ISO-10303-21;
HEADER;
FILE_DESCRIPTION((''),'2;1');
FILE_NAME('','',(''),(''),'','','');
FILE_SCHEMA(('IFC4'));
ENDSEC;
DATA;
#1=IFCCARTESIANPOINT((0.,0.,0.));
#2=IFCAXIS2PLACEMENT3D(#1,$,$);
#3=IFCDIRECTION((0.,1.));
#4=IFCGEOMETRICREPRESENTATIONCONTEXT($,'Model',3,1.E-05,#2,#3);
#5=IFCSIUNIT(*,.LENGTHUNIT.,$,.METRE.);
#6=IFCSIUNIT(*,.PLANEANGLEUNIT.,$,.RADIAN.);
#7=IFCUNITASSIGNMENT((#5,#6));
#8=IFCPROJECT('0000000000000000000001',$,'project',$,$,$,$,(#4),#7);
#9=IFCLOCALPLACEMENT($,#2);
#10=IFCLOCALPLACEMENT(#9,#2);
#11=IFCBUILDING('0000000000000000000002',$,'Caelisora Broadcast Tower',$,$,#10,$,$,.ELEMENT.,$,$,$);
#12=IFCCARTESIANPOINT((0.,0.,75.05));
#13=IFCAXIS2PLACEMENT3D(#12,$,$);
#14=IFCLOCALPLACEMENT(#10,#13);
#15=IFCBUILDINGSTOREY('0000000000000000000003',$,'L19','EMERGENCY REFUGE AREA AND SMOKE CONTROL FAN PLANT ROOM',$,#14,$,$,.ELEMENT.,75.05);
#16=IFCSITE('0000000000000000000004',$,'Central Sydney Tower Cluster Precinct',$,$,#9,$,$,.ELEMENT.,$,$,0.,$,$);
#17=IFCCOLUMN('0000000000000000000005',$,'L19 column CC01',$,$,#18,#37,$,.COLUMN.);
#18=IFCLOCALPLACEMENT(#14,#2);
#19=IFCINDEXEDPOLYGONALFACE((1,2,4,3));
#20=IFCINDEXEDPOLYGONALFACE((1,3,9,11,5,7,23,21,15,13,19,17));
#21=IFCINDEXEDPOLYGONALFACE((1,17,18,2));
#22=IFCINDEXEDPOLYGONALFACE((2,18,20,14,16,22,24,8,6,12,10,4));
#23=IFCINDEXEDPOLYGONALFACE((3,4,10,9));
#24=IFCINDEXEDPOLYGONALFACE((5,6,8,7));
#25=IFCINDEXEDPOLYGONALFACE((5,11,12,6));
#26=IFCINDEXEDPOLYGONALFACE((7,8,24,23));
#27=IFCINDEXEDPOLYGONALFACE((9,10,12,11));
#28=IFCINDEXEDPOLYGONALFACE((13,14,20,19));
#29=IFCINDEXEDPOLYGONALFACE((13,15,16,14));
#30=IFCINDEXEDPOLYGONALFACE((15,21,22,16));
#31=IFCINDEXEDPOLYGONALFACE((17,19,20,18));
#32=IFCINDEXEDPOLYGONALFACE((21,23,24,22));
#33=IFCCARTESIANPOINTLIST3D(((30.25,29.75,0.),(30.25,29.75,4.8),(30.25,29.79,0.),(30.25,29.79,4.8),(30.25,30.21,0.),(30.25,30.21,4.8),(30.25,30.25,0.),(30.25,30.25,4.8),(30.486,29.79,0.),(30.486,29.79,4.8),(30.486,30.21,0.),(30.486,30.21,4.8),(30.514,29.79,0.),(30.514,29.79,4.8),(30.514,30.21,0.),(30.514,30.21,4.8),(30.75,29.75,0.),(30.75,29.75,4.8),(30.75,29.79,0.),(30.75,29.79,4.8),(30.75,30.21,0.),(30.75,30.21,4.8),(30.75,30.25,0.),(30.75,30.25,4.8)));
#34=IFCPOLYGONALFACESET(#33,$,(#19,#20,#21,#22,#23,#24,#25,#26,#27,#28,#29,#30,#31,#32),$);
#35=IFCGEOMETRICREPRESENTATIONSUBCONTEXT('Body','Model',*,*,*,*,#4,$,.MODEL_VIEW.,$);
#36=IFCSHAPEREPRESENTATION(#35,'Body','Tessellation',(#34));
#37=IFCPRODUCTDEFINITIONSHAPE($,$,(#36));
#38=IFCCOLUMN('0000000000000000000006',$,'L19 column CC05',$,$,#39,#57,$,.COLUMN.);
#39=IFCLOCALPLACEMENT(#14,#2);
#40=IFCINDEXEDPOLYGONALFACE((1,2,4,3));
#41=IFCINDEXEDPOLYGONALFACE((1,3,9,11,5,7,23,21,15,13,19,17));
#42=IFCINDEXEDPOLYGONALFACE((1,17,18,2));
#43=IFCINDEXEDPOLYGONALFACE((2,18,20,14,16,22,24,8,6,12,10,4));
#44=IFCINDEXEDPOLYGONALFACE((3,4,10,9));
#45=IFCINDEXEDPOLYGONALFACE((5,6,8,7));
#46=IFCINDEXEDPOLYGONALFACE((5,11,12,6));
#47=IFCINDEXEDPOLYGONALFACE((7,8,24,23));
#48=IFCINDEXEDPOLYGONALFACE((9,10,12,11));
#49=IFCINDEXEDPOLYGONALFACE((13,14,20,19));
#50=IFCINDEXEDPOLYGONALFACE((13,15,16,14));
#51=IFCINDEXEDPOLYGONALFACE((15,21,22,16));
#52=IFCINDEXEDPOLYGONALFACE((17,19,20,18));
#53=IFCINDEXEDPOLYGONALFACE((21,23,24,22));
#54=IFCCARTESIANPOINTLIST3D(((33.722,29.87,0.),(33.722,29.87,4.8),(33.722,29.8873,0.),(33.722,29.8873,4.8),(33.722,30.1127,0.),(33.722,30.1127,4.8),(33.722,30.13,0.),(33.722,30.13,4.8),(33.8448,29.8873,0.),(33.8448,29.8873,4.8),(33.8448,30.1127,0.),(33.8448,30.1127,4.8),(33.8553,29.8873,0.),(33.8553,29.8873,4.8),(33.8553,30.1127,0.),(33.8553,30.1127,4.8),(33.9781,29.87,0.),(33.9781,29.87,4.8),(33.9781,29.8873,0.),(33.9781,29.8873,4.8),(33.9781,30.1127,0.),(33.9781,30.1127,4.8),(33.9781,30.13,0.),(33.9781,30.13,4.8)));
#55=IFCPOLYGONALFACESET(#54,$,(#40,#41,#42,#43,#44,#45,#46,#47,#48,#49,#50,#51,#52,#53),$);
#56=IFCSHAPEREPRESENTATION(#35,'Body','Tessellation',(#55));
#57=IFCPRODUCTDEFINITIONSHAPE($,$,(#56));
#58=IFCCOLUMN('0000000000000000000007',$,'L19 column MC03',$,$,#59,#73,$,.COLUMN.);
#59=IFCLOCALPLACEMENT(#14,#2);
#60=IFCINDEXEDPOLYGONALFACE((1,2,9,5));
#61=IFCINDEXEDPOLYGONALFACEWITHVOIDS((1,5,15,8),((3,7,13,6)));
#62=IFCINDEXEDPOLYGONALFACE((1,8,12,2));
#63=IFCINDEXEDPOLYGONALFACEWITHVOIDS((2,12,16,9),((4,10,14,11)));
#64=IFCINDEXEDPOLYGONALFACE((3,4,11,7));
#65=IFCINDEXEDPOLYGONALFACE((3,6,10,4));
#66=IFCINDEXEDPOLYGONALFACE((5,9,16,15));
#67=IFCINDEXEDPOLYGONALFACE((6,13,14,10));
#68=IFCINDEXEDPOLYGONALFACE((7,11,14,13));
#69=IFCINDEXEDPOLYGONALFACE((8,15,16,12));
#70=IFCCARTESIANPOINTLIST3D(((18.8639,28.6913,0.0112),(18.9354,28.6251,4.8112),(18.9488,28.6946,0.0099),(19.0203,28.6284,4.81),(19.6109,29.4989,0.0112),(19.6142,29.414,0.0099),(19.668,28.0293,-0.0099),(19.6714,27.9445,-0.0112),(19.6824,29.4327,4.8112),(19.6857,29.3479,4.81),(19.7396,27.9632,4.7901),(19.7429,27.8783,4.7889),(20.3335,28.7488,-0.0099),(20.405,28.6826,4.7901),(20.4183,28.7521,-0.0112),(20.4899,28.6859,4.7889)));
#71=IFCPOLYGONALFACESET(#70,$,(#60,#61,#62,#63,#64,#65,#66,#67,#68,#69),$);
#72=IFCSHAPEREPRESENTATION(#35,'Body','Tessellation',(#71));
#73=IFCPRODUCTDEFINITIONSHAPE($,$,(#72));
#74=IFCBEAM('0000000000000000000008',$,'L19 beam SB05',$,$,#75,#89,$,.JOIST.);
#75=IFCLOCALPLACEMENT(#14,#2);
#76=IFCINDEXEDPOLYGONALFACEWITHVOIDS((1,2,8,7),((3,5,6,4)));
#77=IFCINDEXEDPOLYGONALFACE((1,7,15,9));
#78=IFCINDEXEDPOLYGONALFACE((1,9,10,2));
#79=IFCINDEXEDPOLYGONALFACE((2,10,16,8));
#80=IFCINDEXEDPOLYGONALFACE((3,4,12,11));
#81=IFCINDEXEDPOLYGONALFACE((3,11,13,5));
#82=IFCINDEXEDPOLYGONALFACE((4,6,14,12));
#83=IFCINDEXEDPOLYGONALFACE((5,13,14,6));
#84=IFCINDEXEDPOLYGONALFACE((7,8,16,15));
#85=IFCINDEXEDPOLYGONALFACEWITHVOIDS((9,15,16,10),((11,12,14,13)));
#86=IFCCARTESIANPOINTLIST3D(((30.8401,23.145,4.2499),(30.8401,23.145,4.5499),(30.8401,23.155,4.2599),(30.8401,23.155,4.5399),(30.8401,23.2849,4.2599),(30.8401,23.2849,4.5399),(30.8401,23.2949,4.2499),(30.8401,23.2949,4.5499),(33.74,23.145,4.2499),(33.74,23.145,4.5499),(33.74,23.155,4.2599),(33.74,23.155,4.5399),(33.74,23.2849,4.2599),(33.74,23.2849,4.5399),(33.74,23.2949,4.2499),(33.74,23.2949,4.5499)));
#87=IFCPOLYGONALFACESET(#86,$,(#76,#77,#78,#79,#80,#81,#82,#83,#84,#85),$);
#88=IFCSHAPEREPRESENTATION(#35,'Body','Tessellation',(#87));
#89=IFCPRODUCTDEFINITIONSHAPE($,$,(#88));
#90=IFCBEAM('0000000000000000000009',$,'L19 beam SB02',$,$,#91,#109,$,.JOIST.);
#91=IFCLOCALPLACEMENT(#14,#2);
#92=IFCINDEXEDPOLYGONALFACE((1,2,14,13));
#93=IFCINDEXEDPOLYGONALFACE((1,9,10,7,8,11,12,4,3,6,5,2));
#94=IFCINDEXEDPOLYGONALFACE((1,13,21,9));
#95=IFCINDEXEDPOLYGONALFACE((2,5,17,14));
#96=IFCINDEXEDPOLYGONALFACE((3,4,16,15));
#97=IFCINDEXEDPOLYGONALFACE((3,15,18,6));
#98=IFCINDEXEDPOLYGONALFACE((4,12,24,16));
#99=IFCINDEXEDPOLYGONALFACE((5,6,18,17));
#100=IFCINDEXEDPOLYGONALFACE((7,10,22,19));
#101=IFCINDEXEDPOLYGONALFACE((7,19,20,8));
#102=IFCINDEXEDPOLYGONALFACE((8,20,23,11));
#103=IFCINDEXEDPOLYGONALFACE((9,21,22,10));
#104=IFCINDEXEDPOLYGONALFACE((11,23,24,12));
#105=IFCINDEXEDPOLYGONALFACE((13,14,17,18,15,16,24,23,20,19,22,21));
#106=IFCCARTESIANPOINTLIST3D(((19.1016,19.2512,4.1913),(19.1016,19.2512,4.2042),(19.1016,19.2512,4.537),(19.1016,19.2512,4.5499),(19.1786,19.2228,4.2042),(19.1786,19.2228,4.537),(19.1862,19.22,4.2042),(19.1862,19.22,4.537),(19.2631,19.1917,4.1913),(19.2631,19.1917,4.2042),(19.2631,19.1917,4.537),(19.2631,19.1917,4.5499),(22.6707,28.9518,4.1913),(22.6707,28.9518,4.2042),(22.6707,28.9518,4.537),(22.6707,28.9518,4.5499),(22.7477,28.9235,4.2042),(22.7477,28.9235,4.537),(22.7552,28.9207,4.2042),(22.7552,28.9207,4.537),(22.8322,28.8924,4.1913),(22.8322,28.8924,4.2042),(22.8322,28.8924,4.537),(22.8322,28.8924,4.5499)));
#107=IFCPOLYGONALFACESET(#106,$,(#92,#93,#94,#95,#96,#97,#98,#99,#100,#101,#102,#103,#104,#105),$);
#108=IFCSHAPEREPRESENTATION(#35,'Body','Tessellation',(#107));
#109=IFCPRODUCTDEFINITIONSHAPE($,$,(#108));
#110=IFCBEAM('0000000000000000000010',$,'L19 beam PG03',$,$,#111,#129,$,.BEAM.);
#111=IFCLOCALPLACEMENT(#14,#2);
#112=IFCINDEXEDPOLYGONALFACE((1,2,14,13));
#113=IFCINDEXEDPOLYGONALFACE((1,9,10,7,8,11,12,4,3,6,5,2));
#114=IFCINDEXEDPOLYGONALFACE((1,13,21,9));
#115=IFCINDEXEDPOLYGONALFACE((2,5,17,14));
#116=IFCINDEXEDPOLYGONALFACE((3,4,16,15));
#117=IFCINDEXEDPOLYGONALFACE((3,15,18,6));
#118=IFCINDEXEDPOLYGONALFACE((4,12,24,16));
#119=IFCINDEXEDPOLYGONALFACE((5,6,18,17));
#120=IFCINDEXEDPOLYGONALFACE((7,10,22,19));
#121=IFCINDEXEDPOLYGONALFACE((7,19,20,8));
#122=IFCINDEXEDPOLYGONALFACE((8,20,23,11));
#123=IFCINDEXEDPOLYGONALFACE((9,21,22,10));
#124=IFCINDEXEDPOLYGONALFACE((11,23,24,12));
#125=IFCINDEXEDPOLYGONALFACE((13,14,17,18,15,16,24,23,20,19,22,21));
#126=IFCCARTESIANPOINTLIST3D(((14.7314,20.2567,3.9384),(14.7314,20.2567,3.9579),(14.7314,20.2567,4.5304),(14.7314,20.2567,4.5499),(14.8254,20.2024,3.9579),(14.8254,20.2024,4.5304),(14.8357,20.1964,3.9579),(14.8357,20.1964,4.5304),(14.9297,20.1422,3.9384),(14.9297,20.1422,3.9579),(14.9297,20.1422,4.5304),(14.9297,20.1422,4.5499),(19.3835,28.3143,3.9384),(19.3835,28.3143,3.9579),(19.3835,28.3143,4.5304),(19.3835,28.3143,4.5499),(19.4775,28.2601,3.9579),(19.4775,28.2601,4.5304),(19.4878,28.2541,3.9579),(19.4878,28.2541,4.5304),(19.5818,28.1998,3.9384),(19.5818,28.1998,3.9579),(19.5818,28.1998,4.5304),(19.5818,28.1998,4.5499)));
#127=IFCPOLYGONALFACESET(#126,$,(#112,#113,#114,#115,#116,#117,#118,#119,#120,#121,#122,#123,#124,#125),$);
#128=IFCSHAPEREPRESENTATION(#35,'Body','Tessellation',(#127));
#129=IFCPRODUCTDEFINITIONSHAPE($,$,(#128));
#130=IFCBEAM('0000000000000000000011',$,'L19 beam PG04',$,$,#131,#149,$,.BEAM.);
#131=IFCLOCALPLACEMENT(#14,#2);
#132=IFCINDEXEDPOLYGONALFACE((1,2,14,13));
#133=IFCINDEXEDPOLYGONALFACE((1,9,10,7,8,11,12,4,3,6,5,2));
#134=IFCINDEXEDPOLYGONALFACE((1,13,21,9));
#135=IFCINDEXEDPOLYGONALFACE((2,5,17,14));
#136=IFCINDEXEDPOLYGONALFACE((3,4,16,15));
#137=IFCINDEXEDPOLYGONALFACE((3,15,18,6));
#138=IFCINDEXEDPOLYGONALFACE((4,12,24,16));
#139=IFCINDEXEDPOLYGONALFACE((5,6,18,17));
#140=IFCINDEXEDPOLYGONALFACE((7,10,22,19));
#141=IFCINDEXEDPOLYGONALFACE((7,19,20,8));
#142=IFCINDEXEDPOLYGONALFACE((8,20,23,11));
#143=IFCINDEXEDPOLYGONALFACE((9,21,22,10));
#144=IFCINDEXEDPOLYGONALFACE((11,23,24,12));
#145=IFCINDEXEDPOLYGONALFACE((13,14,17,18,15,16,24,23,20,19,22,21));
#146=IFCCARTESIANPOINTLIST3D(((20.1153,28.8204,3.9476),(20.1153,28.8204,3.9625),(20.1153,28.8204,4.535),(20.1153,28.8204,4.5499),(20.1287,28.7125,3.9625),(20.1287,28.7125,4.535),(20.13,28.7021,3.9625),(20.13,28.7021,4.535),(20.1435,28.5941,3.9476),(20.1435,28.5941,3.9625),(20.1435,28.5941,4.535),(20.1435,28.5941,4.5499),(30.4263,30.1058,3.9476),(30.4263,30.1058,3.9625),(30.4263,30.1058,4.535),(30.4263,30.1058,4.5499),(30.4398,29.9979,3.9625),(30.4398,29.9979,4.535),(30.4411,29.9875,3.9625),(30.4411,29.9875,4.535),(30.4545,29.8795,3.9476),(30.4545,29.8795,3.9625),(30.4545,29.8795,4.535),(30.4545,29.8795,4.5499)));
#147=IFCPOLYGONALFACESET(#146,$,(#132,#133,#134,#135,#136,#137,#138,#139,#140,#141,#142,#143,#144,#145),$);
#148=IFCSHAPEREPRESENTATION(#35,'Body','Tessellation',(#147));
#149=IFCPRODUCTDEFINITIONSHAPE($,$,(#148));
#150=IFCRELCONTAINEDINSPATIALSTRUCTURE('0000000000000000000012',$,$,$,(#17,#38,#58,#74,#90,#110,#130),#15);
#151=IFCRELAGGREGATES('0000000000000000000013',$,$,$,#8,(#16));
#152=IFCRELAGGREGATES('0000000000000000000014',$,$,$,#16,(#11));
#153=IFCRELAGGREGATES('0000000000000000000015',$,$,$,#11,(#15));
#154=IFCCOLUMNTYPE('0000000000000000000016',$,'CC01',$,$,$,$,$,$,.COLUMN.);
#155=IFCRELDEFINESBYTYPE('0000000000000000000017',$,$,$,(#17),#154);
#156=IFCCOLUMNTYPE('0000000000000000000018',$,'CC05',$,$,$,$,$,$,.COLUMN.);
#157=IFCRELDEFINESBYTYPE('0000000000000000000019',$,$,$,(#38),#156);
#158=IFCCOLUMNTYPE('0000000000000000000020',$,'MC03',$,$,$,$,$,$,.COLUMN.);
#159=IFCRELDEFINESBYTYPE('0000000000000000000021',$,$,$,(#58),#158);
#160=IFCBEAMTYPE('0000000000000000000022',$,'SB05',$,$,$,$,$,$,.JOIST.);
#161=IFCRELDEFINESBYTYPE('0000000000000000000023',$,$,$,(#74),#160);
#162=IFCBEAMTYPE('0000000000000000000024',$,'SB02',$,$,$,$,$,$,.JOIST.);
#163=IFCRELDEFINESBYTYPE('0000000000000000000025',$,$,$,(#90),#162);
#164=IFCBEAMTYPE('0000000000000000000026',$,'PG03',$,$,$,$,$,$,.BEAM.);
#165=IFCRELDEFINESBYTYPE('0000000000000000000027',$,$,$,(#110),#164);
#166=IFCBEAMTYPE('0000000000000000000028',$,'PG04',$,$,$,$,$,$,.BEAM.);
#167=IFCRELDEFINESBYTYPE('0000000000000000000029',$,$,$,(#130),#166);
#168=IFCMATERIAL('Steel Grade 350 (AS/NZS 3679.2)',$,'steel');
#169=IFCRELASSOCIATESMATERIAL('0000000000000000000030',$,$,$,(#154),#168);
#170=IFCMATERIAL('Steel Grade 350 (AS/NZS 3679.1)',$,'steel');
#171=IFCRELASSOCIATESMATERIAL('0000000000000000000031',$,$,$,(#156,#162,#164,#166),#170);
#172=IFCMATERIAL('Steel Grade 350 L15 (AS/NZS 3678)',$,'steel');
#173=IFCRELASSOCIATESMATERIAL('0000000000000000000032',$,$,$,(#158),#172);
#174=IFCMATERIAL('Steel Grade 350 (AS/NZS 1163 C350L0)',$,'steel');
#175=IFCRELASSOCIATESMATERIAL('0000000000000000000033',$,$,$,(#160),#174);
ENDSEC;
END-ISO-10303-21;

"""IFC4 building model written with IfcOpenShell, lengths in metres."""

from ifc_helpers import new_model, si_unit, direction, frame, origin, origin_2d, place, context, subcontext, project, spatial, hollow_rectangle, i_section, extrude, source, transform, mapped, material, material_profile, profile_set, type_object, type_shapes, element, save


model = new_model("IFC4")

# Units and contexts
model_context = context("Model", 3, precision=1e-05, world=origin(), true_north=direction((0.0, 1.0)))
body_context = subcontext(model_context, "Body", "Model", "MODEL_VIEW")
ifc_project = project(units=[si_unit("LENGTHUNIT", "METRE"), si_unit("PLANEANGLEUNIT", "RADIAN")], contexts=[model_context])

# Site, building, storey
site_placement = place(None, origin())
site = spatial("IfcSite", under=ifc_project, at=site_placement, Name="Central Sydney Tower Cluster Precinct", CompositionType="ELEMENT", RefElevation=0.0)
building_placement = place(site_placement, origin())
building = spatial("IfcBuilding", under=site, at=building_placement, Name="Caelisora Broadcast Tower", CompositionType="ELEMENT")
storey_placement = place(building_placement, frame((0.0, 0.0, 75.05)))
storey = spatial("IfcBuildingStorey", under=building, at=storey_placement, Name="L19", Description="EMERGENCY REFUGE AREA AND SMOKE CONTROL FAN PLANT ROOM", CompositionType="ELEMENT", Elevation=75.05)

# Columns
ifc_material_1 = material(Name="Steel Grade 350 (AS/NZS 3679.2)", Category="steel")
ifc_material_profile_1 = material_profile(ifc_material_1, i_section(OverallWidth=0.5, OverallDepth=0.5, WebThickness=0.0281, FlangeThickness=0.04, at=origin_2d()), Name="Steel Grade 350 (AS/NZS 3679.2)")
ifc_profile_set_1 = profile_set([ifc_material_profile_1], Name="Steel Grade 350 (AS/NZS 3679.2)")
column_type_1 = type_object("IfcColumnType", Name="CC01", PredefinedType="COLUMN", material=ifc_profile_set_1)
shared_shape_1 = source(origin(), body_context, "Body", "SweptSolid", [
    extrude(i_section(OverallWidth=0.5, OverallDepth=0.5, WebThickness=0.0281, FlangeThickness=0.04, at=origin_2d()), origin(), (0.0, 0.0, 1.0), 4.8),
])
type_shapes(column_type_1, [shared_shape_1])
column_1_placement = place(storey_placement, frame((30.5, 30.0, 0.0), z_axis=(0.0, 0.0, 1.0), x_axis=(1.0, 0.0, 0.0)))
element("IfcColumn", 1, at=column_1_placement, inside=storey, type_object=column_type_1, Name="L19 column CC01", PredefinedType="COLUMN", context=body_context, shape_type="MappedRepresentation", body=[
    mapped(shared_shape_1, transform((0.0, 0.0, 0.0), scale=1.0)),
])
ifc_material_2 = material(Name="Steel Grade 350 (AS/NZS 3679.1)", Category="steel")
ifc_material_profile_2 = material_profile(ifc_material_2, i_section(OverallWidth=0.2561, OverallDepth=0.26, WebThickness=0.0105, FlangeThickness=0.0173, at=origin_2d()), Name="Steel Grade 350 (AS/NZS 3679.1)")
ifc_profile_set_2 = profile_set([ifc_material_profile_2], Name="Steel Grade 350 (AS/NZS 3679.1)")
column_type_2 = type_object("IfcColumnType", Name="CC05", PredefinedType="COLUMN", material=ifc_profile_set_2)
shared_shape_2 = source(origin(), body_context, "Body", "SweptSolid", [
    extrude(i_section(OverallWidth=0.2561, OverallDepth=0.26, WebThickness=0.0105, FlangeThickness=0.0173, at=origin_2d()), origin(), (0.0, 0.0, 1.0), 4.8),
])
type_shapes(column_type_2, [shared_shape_2])
column_2_placement = place(storey_placement, frame((33.8501, 30.0, 0.0), z_axis=(0.0, 0.0, 1.0), x_axis=(1.0, 0.0, 0.0)))
element("IfcColumn", 2, at=column_2_placement, inside=storey, type_object=column_type_2, Name="L19 column CC05", PredefinedType="COLUMN", context=body_context, shape_type="MappedRepresentation", body=[
    mapped(shared_shape_2, transform((0.0, 0.0, 0.0), scale=1.0)),
])
ifc_material_3 = material(Name="Steel Grade 350 L15 (AS/NZS 3678)", Category="steel")
ifc_material_profile_3 = material_profile(ifc_material_3, hollow_rectangle(XDim=1.1001, YDim=1.1001, WallThickness=0.0601, at=origin_2d()), Name="Steel Grade 350 L15 (AS/NZS 3678)")
ifc_profile_set_3 = profile_set([ifc_material_profile_3], Name="Steel Grade 350 L15 (AS/NZS 3678)")
column_type_3 = type_object("IfcColumnType", Name="MC03", PredefinedType="COLUMN", material=ifc_profile_set_3)
shared_shape_3 = source(origin(), body_context, "Body", "SweptSolid", [
    extrude(hollow_rectangle(XDim=1.1001, YDim=1.1001, WallThickness=0.0601, at=origin_2d()), origin(), (0.0, 0.0, 1.0), 4.801),
])
type_shapes(column_type_3, [shared_shape_3])
column_3_placement = place(storey_placement, frame((19.6411, 28.7217, 0.0), z_axis=(0.0149, -0.013781, 0.999794), x_axis=(0.679008, 0.734131, 0.0)))
element("IfcColumn", 3, at=column_3_placement, inside=storey, type_object=column_type_3, Name="L19 column MC03", PredefinedType="COLUMN", context=body_context, shape_type="MappedRepresentation", body=[
    mapped(shared_shape_3, transform((0.0, 0.0, 0.0), scale=1.0)),
])

# Beams
ifc_material_4 = material(Name="Steel Grade 350 (AS/NZS 1163 C350L0)", Category="steel")
ifc_material_profile_4 = material_profile(ifc_material_4, hollow_rectangle(XDim=0.1499, YDim=0.3, WallThickness=0.01, at=origin_2d()), Name="Steel Grade 350 (AS/NZS 1163 C350L0)")
ifc_profile_set_4 = profile_set([ifc_material_profile_4], Name="Steel Grade 350 (AS/NZS 1163 C350L0)")
beam_type_1 = type_object("IfcBeamType", Name="SB05", PredefinedType="JOIST", material=ifc_profile_set_4)
shared_shape_4 = source(origin(), body_context, "Body", "SweptSolid", [
    extrude(hollow_rectangle(XDim=0.1499, YDim=0.3, WallThickness=0.01, at=origin_2d()), origin(), (0.0, 0.0, 1.0), 2.8999),
])
type_shapes(beam_type_1, [shared_shape_4])
beam_1_placement = place(storey_placement, frame((30.8401, 23.22, 4.3999), z_axis=(1.0, 0.0, 0.0), x_axis=(0.0, 1.0, 0.0)))
element("IfcBeam", 4, at=beam_1_placement, inside=storey, type_object=beam_type_1, Name="L19 beam SB05", PredefinedType="JOIST", context=body_context, shape_type="MappedRepresentation", body=[
    mapped(shared_shape_4, transform((0.0, 0.0, 0.0), scale=1.0)),
])
ifc_material_profile_5 = material_profile(ifc_material_2, i_section(OverallWidth=0.1721, OverallDepth=0.3586, WebThickness=0.0081, FlangeThickness=0.0129, at=origin_2d()), Name="Steel Grade 350 (AS/NZS 3679.1)")
ifc_profile_set_5 = profile_set([ifc_material_profile_5], Name="Steel Grade 350 (AS/NZS 3679.1)")
beam_type_2 = type_object("IfcBeamType", Name="SB02", PredefinedType="JOIST", material=ifc_profile_set_5)
shared_shape_5 = source(origin(), body_context, "Body", "SweptSolid", [
    extrude(i_section(OverallWidth=0.1721, OverallDepth=0.3586, WebThickness=0.0081, FlangeThickness=0.0129, at=origin_2d()), origin(), (0.0, 0.0, 1.0), 10.3364),
])
beam_2_placement = place(storey_placement, frame((22.7515, 28.9221, 4.3706), z_axis=(-0.345293, -0.938495, 0.0), x_axis=(0.938495, -0.345293, 0.0)))
element("IfcBeam", 5, at=beam_2_placement, inside=storey, type_object=beam_type_2, Name="L19 beam SB02", PredefinedType="JOIST", context=body_context, shape_type="MappedRepresentation", body=[
    mapped(shared_shape_5, transform((0.0, 0.0, 0.0), scale=1.0)),
])
ifc_material_profile_6 = material_profile(ifc_material_2, i_section(OverallWidth=0.229, OverallDepth=0.6116, WebThickness=0.012, FlangeThickness=0.0195, at=origin_2d()), Name="Steel Grade 350 (AS/NZS 3679.1)")
ifc_profile_set_6 = profile_set([ifc_material_profile_6], Name="Steel Grade 350 (AS/NZS 3679.1)")
beam_type_3 = type_object("IfcBeamType", Name="PG03", PredefinedType="BEAM", material=ifc_profile_set_6)
shared_shape_6 = source(origin(), body_context, "Body", "SweptSolid", [
    extrude(i_section(OverallWidth=0.229, OverallDepth=0.6116, WebThickness=0.012, FlangeThickness=0.0195, at=origin_2d()), origin(), (0.0, 0.0, 1.0), 9.3042),
])
type_shapes(beam_type_3, [shared_shape_6])
beam_3_placement = place(storey_placement, frame((19.4827, 28.2571, 4.2441), z_axis=(-0.500003, -0.866024, 0.0), x_axis=(0.866024, -0.500003, 0.0)))
element("IfcBeam", 6, at=beam_3_placement, inside=storey, type_object=beam_type_3, Name="L19 beam PG03", PredefinedType="BEAM", context=body_context, shape_type="MappedRepresentation", body=[
    mapped(shared_shape_6, transform((0.0, 0.0, 0.0), scale=1.0)),
])
ifc_material_profile_7 = material_profile(ifc_material_2, i_section(OverallWidth=0.228, OverallDepth=0.6023, WebThickness=0.0105, FlangeThickness=0.0149, at=origin_2d()), Name="Steel Grade 350 (AS/NZS 3679.1)")
ifc_profile_set_7 = profile_set([ifc_material_profile_7], Name="Steel Grade 350 (AS/NZS 3679.1)")
beam_type_4 = type_object("IfcBeamType", Name="PG04", PredefinedType="BEAM", material=ifc_profile_set_7)
shared_shape_7 = source(origin(), body_context, "Body", "SweptSolid", [
    extrude(i_section(OverallWidth=0.228, OverallDepth=0.6023, WebThickness=0.0105, FlangeThickness=0.0149, at=origin_2d()), origin(), (0.0, 0.0, 1.0), 10.3909),
])
type_shapes(beam_type_4, [shared_shape_7])
beam_4_placement = place(storey_placement, frame((30.4404, 29.9927, 4.2488), z_axis=(-0.992319, -0.123705, 0.0), x_axis=(0.123705, -0.992319, 0.0)))
element("IfcBeam", 7, at=beam_4_placement, inside=storey, type_object=beam_type_4, Name="L19 beam PG04", PredefinedType="BEAM", context=body_context, shape_type="MappedRepresentation", body=[
    mapped(shared_shape_7, transform((0.0, 0.0, 0.0), scale=1.0)),
])

save(model, "model.ifc")
